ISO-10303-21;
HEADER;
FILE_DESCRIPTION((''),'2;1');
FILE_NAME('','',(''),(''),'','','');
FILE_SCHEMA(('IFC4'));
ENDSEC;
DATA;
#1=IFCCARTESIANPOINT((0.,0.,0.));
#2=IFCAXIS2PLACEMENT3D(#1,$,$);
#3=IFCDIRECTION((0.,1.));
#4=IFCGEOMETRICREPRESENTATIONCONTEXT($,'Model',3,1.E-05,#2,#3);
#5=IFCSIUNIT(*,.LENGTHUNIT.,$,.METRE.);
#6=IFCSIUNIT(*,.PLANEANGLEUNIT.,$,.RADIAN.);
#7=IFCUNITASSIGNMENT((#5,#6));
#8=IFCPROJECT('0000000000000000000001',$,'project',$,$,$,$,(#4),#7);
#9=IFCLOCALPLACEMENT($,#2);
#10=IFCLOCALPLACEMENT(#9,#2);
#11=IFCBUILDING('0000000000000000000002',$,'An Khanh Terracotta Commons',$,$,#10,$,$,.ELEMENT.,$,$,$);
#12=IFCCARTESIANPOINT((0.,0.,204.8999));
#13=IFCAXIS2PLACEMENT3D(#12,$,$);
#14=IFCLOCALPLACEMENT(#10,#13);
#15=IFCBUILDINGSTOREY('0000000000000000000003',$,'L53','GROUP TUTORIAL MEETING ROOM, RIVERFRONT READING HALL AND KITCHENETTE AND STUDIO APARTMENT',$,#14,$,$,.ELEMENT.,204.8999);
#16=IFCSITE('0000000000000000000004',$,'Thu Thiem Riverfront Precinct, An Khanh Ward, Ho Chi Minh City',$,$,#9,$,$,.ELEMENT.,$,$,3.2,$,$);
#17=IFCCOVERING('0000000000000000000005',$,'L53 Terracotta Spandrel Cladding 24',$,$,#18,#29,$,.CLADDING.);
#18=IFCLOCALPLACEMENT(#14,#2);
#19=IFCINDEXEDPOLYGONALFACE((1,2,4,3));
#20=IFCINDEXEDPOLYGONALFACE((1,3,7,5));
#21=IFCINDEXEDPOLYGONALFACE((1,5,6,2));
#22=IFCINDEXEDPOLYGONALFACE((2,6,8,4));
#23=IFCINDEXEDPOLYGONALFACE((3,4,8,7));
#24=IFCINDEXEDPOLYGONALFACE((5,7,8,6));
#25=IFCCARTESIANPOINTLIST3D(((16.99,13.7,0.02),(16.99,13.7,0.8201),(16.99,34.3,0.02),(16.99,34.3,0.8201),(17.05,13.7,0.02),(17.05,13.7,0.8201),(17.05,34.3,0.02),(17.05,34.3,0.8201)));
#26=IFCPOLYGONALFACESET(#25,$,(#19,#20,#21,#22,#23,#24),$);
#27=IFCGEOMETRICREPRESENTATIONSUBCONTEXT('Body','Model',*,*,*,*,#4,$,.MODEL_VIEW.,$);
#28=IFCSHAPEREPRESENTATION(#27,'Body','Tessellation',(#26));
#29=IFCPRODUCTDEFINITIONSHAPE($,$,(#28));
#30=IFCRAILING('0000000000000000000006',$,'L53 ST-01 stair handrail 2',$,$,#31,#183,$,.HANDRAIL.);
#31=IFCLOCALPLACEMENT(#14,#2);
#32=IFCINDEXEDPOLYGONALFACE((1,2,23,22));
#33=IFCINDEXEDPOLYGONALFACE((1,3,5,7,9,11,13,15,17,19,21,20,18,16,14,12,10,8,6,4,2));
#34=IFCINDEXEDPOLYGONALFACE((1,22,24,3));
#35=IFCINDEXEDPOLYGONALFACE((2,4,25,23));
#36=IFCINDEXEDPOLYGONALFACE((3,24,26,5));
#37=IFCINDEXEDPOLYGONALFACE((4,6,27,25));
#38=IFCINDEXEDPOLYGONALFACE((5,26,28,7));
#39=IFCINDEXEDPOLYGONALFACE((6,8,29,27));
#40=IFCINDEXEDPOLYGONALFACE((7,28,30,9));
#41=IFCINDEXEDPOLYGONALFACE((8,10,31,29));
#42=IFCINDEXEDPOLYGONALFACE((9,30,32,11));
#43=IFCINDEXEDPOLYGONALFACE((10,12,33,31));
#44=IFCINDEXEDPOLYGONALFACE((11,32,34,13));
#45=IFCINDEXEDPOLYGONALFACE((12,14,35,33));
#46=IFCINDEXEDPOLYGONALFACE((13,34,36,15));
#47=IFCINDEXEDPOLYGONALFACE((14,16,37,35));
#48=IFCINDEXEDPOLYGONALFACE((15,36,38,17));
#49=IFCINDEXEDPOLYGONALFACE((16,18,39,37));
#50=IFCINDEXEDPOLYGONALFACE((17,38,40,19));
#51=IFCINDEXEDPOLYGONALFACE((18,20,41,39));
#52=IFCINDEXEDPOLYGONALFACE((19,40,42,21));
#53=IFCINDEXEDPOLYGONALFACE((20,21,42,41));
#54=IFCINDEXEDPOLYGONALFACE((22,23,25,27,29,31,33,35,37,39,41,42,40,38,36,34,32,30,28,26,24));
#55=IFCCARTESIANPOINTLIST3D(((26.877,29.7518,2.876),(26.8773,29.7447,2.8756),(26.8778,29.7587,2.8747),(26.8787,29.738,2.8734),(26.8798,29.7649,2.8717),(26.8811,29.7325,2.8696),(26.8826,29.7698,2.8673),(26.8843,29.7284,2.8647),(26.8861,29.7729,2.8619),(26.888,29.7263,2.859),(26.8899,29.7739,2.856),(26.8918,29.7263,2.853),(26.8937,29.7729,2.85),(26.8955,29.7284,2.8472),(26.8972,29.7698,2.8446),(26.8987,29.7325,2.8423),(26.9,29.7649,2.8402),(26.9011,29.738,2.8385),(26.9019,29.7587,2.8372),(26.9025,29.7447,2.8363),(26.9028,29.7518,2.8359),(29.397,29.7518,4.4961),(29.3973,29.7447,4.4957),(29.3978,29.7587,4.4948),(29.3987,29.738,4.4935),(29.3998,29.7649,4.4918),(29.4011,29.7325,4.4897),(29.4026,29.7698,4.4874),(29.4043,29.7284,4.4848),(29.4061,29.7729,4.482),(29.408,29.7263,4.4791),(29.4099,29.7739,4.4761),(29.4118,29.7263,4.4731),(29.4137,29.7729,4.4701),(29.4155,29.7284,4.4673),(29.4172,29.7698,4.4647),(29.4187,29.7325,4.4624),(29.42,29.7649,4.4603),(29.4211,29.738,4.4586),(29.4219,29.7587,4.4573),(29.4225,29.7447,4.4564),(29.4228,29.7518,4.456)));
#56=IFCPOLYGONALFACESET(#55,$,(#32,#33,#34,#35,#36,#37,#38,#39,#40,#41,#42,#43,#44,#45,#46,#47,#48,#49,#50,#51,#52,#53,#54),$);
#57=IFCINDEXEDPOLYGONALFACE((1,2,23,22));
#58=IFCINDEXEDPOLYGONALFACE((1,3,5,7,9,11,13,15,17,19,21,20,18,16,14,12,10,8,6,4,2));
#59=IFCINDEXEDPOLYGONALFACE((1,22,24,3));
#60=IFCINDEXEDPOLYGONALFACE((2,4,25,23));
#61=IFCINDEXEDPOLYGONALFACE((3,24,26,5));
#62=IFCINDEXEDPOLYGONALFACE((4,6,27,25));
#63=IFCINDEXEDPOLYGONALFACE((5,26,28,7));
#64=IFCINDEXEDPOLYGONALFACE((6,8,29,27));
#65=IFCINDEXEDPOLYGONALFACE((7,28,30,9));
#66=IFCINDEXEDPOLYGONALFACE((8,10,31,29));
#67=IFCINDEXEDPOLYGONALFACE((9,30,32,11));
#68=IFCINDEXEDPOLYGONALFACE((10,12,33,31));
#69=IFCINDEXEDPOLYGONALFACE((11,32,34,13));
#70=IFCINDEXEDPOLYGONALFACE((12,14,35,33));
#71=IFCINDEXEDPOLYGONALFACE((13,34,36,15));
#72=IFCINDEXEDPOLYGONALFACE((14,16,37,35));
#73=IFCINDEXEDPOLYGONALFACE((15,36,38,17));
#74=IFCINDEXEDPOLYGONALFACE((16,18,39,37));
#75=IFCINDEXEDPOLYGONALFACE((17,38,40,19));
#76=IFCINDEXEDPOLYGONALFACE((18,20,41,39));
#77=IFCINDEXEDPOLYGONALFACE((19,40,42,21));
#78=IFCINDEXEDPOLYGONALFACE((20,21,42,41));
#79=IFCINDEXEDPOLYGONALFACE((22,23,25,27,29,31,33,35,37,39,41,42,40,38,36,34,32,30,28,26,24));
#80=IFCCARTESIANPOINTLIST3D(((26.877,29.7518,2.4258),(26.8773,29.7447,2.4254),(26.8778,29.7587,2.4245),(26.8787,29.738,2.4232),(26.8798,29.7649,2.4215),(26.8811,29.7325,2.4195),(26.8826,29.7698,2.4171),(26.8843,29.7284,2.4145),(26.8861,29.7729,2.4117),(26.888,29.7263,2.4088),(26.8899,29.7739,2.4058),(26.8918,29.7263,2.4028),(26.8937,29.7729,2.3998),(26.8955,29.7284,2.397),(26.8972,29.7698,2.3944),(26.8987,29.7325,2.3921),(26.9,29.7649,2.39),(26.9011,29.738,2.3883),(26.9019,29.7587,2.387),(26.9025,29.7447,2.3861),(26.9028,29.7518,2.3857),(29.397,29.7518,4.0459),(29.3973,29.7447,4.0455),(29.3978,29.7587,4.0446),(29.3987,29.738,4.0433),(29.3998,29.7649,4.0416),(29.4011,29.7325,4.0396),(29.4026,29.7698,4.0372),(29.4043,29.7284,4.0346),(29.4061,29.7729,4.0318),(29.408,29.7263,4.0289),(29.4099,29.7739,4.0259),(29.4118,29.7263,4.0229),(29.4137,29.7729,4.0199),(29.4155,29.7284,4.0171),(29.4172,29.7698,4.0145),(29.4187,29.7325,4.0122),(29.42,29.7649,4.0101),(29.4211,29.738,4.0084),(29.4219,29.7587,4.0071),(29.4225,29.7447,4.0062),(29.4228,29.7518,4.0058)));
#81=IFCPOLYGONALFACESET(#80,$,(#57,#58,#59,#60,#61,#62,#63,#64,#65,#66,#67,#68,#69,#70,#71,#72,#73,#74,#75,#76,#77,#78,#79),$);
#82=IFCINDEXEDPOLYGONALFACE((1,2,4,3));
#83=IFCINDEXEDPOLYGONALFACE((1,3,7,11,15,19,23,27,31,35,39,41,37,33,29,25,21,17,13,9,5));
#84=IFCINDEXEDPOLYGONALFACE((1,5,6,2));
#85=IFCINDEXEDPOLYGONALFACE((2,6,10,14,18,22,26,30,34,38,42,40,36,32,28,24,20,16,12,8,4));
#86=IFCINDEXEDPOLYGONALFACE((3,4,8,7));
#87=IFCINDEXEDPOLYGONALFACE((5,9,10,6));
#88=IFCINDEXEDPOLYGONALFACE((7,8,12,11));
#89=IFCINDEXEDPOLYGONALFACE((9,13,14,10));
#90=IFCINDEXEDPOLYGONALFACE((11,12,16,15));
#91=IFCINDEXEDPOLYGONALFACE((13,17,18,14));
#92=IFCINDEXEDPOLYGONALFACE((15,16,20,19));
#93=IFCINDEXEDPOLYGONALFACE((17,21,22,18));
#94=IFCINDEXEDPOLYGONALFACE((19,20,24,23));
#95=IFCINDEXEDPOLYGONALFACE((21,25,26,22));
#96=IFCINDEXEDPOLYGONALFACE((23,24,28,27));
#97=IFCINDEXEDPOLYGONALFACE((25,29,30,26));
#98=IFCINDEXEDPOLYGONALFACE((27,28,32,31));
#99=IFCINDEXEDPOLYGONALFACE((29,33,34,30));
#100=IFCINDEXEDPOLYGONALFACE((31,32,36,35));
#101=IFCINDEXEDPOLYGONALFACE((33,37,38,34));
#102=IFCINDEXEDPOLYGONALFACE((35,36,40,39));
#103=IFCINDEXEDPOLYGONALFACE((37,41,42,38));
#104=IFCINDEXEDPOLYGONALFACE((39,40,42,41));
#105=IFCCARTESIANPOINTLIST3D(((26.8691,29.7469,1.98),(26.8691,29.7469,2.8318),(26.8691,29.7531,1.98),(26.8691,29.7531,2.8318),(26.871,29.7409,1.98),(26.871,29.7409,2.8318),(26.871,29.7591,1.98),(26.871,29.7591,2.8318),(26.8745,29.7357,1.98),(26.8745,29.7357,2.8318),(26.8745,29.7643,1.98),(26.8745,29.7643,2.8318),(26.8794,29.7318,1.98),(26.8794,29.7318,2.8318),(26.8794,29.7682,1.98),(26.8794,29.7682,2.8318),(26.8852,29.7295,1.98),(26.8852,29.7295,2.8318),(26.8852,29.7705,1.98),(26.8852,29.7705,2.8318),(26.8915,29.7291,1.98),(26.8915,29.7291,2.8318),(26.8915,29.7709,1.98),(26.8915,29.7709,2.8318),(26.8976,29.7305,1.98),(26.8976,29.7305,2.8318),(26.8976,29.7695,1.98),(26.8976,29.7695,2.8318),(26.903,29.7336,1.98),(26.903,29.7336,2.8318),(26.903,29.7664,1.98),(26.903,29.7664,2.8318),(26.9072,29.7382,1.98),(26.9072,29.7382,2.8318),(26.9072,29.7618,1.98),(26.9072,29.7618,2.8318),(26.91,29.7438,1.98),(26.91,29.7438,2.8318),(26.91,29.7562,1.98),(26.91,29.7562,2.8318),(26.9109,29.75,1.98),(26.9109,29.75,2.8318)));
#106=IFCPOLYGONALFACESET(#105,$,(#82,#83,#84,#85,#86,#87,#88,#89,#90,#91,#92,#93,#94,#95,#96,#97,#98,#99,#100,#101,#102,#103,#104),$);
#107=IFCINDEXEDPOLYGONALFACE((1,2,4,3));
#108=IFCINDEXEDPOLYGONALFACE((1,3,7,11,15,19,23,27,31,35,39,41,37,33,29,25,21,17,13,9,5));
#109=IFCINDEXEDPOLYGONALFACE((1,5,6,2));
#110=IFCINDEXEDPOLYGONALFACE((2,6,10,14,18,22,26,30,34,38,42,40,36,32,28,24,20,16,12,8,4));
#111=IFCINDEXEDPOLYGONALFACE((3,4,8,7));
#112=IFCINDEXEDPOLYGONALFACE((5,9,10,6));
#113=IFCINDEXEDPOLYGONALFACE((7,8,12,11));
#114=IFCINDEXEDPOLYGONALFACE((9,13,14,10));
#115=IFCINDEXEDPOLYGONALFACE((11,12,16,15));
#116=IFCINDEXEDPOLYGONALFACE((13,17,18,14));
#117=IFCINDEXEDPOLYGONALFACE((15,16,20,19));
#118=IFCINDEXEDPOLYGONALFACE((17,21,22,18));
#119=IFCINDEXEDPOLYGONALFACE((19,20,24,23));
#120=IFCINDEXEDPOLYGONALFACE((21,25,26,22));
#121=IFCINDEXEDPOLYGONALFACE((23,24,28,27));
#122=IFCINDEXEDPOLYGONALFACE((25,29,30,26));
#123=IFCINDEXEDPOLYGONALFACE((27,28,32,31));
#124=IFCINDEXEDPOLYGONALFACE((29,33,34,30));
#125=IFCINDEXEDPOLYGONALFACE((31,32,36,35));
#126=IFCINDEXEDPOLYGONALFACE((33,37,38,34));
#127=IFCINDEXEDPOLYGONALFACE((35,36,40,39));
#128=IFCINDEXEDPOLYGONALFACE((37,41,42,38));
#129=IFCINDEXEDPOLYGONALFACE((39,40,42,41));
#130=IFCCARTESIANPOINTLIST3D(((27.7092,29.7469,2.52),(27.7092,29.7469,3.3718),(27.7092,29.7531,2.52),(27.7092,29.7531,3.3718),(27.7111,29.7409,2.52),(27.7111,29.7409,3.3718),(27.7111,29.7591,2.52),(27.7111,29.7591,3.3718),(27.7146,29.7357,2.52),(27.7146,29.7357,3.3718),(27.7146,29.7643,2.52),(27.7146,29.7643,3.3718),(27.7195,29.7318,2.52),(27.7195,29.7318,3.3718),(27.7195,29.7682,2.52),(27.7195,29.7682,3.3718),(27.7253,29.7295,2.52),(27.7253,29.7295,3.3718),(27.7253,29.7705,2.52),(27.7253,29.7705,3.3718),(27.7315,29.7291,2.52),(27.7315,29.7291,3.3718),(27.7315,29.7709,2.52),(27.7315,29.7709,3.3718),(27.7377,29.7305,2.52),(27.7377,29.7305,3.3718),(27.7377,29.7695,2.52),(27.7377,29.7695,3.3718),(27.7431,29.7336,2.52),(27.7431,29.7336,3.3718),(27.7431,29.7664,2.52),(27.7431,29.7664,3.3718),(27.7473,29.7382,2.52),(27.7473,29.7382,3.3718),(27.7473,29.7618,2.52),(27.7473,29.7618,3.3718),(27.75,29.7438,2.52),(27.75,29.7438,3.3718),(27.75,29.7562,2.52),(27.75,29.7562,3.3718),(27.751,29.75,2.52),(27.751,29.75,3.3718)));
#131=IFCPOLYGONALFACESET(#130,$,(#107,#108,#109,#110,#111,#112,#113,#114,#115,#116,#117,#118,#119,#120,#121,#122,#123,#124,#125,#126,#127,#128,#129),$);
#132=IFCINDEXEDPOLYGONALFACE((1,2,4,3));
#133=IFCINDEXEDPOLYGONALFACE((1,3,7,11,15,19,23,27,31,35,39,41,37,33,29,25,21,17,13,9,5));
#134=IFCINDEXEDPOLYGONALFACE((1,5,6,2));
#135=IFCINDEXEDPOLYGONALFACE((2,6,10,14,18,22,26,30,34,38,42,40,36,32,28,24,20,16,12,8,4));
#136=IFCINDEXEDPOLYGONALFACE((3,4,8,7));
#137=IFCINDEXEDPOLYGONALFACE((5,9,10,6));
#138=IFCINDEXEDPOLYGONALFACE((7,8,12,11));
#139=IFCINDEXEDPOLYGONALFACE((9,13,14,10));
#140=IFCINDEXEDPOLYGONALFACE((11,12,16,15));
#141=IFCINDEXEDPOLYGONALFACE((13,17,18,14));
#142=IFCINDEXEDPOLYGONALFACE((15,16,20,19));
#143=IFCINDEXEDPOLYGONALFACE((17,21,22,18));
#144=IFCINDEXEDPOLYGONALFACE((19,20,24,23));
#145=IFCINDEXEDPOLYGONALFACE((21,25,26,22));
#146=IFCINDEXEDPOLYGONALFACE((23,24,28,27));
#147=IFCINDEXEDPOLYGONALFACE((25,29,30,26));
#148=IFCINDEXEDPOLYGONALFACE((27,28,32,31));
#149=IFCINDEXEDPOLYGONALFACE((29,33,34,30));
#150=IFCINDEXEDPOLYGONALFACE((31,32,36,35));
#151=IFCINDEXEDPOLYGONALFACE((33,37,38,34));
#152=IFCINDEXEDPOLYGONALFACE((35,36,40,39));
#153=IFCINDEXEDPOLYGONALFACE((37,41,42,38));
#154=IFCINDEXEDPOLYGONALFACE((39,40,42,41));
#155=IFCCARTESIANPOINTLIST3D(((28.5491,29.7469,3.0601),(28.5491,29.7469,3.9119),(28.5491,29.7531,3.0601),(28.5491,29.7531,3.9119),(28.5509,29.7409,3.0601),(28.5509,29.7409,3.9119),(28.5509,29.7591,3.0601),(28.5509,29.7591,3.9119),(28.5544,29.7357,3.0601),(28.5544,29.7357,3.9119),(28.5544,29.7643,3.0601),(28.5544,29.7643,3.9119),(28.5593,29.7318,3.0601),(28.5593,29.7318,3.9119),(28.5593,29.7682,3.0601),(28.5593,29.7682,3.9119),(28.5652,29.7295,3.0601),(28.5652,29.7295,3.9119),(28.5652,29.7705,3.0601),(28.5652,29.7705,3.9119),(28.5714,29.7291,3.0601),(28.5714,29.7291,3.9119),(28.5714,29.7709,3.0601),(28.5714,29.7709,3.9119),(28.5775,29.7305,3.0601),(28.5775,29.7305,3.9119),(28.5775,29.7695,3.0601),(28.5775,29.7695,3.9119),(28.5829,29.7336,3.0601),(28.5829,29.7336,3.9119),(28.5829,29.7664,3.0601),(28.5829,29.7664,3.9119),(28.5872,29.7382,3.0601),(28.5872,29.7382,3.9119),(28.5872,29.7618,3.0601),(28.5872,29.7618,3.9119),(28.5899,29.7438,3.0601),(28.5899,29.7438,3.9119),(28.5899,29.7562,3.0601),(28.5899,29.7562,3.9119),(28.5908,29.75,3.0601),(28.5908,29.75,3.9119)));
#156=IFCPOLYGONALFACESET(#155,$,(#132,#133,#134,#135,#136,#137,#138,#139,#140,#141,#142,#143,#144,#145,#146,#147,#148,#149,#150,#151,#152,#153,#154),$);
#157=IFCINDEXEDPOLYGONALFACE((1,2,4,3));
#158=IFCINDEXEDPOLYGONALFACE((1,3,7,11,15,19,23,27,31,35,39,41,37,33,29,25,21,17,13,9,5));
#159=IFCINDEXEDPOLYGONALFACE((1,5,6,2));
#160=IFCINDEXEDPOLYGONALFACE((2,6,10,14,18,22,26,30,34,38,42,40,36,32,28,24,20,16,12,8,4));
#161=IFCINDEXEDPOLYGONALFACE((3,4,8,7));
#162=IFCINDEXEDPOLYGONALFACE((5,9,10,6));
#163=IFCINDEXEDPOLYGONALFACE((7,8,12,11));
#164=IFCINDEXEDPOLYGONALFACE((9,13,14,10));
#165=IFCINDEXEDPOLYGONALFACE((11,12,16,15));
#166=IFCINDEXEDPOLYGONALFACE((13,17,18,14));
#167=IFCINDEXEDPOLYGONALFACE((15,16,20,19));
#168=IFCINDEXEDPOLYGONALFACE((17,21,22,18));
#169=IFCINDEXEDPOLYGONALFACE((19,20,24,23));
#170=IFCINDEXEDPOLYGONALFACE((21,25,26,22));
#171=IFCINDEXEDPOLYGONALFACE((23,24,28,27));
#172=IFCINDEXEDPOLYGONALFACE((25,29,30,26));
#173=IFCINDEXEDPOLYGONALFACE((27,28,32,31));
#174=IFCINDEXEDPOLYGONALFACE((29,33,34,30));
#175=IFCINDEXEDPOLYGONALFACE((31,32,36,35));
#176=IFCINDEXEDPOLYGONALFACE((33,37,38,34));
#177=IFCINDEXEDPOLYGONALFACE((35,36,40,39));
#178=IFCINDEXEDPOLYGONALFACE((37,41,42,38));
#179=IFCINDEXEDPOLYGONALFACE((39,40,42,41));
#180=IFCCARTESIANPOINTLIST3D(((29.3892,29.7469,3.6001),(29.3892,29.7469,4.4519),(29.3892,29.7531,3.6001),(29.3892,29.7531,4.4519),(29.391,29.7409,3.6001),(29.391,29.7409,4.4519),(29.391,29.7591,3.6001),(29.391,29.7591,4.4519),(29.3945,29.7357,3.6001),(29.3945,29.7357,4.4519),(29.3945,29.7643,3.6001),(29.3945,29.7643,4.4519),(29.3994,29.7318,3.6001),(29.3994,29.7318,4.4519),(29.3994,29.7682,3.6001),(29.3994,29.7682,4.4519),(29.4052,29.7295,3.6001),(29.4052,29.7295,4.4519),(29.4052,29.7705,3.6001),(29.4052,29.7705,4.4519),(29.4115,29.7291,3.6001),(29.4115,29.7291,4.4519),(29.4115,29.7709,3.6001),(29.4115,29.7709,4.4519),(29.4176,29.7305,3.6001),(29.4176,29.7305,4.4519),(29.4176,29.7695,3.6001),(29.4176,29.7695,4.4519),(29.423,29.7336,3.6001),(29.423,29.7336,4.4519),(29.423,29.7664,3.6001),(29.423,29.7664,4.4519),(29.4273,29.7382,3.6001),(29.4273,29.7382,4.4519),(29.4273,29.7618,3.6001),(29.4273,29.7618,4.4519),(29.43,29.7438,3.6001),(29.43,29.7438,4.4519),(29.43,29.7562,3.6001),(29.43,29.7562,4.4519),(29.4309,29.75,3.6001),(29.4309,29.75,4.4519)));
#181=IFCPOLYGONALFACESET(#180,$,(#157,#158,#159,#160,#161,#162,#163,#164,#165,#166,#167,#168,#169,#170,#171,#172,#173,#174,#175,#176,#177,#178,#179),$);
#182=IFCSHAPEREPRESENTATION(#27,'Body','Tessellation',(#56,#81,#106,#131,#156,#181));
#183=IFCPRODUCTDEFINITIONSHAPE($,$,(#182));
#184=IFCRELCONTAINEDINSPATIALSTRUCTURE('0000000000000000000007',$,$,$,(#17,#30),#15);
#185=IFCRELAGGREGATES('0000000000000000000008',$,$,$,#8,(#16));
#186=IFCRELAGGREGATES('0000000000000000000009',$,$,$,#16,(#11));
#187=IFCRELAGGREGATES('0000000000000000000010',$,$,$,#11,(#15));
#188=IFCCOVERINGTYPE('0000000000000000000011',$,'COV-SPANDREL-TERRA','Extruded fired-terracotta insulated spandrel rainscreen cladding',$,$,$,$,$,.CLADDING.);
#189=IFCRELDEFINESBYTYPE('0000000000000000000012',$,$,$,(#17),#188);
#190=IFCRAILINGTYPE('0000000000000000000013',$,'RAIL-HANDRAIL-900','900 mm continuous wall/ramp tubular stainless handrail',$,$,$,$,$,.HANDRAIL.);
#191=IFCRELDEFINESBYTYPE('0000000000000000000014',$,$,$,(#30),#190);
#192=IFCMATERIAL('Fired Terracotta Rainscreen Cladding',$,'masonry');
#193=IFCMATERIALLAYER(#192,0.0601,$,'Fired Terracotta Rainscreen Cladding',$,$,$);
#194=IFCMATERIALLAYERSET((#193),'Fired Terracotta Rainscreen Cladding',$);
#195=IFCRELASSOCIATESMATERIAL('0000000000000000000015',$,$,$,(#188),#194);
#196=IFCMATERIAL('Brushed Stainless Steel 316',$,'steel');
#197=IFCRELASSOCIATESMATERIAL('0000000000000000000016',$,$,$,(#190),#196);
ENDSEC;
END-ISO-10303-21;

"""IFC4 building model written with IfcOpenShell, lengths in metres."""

from ifc_helpers import new_model, si_unit, direction, frame, origin, origin_2d, place, context, subcontext, project, spatial, rectangle, circle, extrude, material, layer, layer_set, type_object, element, save


model = new_model("IFC4")

# Units and contexts
model_context = context("Model", 3, precision=1e-05, world=origin(), true_north=direction((0.0, 1.0)))
body_context = subcontext(model_context, "Body", "Model", "MODEL_VIEW")
ifc_project = project(units=[si_unit("LENGTHUNIT", "METRE"), si_unit("PLANEANGLEUNIT", "RADIAN")], contexts=[model_context])

# Site, building, storey
site_placement = place(None, origin())
site = spatial("IfcSite", under=ifc_project, at=site_placement, Name="Thu Thiem Riverfront Precinct, An Khanh Ward, Ho Chi Minh City", CompositionType="ELEMENT", RefElevation=3.2)
building_placement = place(site_placement, origin())
building = spatial("IfcBuilding", under=site, at=building_placement, Name="An Khanh Terracotta Commons", CompositionType="ELEMENT")
storey_placement = place(building_placement, frame((0.0, 0.0, 204.8999)))
storey = spatial("IfcBuildingStorey", under=building, at=storey_placement, Name="L53", Description="GROUP TUTORIAL MEETING ROOM, RIVERFRONT READING HALL AND KITCHENETTE AND STUDIO APARTMENT", CompositionType="ELEMENT", Elevation=204.8999)

# Covering
ifc_material_1 = material(Name="Fired Terracotta Rainscreen Cladding", Category="masonry")
ifc_layer_1 = layer(ifc_material_1, 0.0601, Name="Fired Terracotta Rainscreen Cladding")
ifc_layer_set_1 = layer_set([ifc_layer_1], Name="Fired Terracotta Rainscreen Cladding")
covering_type = type_object("IfcCoveringType", Name="COV-SPANDREL-TERRA", Description="Extruded fired-terracotta insulated spandrel rainscreen cladding", PredefinedType="CLADDING", material=ifc_layer_set_1)
covering_placement = place(storey_placement, frame((17.02, 24.0, 0.02), z_axis=(0.0, 0.0, 1.0), x_axis=(0.0, -1.0, 0.0)))
element("IfcCovering", 1, at=covering_placement, inside=storey, type_object=covering_type, Name="L53 Terracotta Spandrel Cladding 24", PredefinedType="CLADDING", context=body_context, shape_type="SweptSolid", body=[
    extrude(rectangle(XDim=20.6001, YDim=0.0601, at=origin_2d()), origin(), (0.0, 0.0, 1.0), 0.8),
])

# Railing
ifc_material_2 = material(Name="Brushed Stainless Steel 316", Category="steel")
railing_type_1 = type_object("IfcRailingType", Name="RAIL-HANDRAIL-900", Description="900 mm continuous wall/ramp tubular stainless handrail", PredefinedType="HANDRAIL", material=ifc_material_2)
railing_1_placement = place(storey_placement, frame((26.8899, 29.75, 1.98)))
element("IfcRailing", 2, at=railing_1_placement, inside=storey, type_object=railing_type_1, Name="L53 ST-01 stair handrail 2", PredefinedType="HANDRAIL", context=body_context, shape_type="SweptSolid", body=[
    extrude(circle(Radius=0.0239, at=origin_2d()), frame((0.0, 0.0, 0.876), z_axis=(0.841163, 0.0, 0.540782), x_axis=(0.0, 1.0, 0.0)), (0.0, 0.0, 1.0), 2.9958),
    extrude(circle(Radius=0.0239, at=origin_2d()), frame((0.0, 0.0, 0.4258), z_axis=(0.841163, 0.0, 0.540782), x_axis=(0.0, 1.0, 0.0)), (0.0, 0.0, 1.0), 2.9958),
    extrude(circle(Radius=0.021, at=origin_2d()), origin(), (0.0, 0.0, 1.0), 0.8518),
    extrude(circle(Radius=0.021, at=origin_2d()), frame((0.8401, 0.0, 0.54)), (0.0, 0.0, 1.0), 0.8518),
    extrude(circle(Radius=0.021, at=origin_2d()), frame((1.6799, 0.0, 1.0801)), (0.0, 0.0, 1.0), 0.8518),
    extrude(circle(Radius=0.021, at=origin_2d()), frame((2.52, 0.0, 1.6201)), (0.0, 0.0, 1.0), 0.8518),
])

save(model, "model.ifc")
